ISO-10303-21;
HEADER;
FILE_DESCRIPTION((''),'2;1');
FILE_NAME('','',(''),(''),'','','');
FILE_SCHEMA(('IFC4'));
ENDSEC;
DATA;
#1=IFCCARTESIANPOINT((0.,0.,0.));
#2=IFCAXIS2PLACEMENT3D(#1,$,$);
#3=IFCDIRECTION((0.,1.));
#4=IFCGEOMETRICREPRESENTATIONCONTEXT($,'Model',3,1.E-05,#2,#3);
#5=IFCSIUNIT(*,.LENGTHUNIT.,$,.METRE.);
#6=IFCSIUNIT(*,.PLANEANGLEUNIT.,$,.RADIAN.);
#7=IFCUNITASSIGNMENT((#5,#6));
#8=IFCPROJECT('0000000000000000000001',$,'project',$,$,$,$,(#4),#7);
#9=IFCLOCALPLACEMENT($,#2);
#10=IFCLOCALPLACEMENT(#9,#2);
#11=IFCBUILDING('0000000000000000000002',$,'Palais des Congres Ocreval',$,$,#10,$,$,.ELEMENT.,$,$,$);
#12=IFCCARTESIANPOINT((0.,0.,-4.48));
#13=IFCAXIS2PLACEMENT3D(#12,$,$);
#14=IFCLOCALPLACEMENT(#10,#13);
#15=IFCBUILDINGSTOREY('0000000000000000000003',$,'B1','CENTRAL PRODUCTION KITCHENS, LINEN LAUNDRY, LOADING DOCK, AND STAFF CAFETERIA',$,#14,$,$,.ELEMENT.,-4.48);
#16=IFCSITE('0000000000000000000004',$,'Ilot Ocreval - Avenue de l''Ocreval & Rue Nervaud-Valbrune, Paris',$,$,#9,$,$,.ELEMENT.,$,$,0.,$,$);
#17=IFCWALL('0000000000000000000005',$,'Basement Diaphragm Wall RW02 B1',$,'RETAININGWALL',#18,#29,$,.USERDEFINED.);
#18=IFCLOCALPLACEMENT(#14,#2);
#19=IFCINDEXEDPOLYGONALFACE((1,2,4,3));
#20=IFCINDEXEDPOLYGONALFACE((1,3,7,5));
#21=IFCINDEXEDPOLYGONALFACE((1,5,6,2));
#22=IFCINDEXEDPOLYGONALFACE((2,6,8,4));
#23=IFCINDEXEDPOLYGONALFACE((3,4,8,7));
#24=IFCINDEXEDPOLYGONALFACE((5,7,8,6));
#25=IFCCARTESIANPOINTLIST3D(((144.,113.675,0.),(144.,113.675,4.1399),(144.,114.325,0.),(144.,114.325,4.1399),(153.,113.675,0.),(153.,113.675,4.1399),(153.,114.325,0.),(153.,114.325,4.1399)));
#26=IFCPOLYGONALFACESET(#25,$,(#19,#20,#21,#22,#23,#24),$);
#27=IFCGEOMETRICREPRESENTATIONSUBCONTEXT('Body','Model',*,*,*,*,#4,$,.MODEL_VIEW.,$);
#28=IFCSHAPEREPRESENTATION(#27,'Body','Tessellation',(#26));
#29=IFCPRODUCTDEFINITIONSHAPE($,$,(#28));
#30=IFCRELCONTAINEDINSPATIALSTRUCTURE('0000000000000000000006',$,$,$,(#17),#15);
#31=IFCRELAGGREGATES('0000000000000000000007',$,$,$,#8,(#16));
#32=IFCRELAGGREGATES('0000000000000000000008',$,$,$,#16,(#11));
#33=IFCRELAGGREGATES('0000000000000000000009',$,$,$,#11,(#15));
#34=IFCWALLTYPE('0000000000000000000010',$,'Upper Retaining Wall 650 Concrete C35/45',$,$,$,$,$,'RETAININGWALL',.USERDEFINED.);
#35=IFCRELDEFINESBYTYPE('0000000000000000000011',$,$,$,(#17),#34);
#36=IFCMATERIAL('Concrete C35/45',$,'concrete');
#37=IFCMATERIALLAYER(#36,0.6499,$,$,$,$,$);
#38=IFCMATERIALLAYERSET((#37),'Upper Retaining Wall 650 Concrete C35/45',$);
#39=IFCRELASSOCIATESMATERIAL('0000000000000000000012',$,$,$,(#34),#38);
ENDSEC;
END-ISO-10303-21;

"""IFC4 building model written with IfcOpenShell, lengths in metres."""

from ifc_helpers import new_model, si_unit, direction, frame, frame_2d, origin, place, context, subcontext, project, spatial, rectangle, extrude, material, layer, layer_set, type_object, element, save


model = new_model("IFC4")

# Units and contexts
model_context = context("Model", 3, precision=1e-05, world=origin(), true_north=direction((0.0, 1.0)))
body_context = subcontext(model_context, "Body", "Model", "MODEL_VIEW")
ifc_project = project(units=[si_unit("LENGTHUNIT", "METRE"), si_unit("PLANEANGLEUNIT", "RADIAN")], contexts=[model_context])

# Site, building, storey
site_placement = place(None, origin())
site = spatial("IfcSite", under=ifc_project, at=site_placement, Name="Ilot Ocreval - Avenue de l'Ocreval & Rue Nervaud-Valbrune, Paris", CompositionType="ELEMENT", RefElevation=0.0)
building_placement = place(site_placement, origin())
building = spatial("IfcBuilding", under=site, at=building_placement, Name="Palais des Congres Ocreval", CompositionType="ELEMENT")
storey_placement = place(building_placement, frame((0.0, 0.0, -4.48)))
storey = spatial("IfcBuildingStorey", under=building, at=storey_placement, Name="B1", Description="CENTRAL PRODUCTION KITCHENS, LINEN LAUNDRY, LOADING DOCK, AND STAFF CAFETERIA", CompositionType="ELEMENT", Elevation=-4.48)

# Shared definitions
ifc_material_1 = material(Name="Concrete C35/45", Category="concrete")

# Wall
ifc_layer = layer(ifc_material_1, 0.6499)
ifc_layer_set = layer_set([ifc_layer], Name="Upper Retaining Wall 650 Concrete C35/45")
wall_type = type_object("IfcWallType", Name="Upper Retaining Wall 650 Concrete C35/45", ElementType="RETAININGWALL", PredefinedType="USERDEFINED", material=ifc_layer_set)
for number, where, z_axis, x_axis, name in (
    (1, (144.0, 114.0, 0.0), (0.0, 0.0, 1.0), (1.0, 0.0, 0.0), "Basement Diaphragm Wall RW02 B1"),
):
    element("IfcWall", number, at=place(storey_placement, frame(where, z_axis=z_axis, x_axis=x_axis)), inside=storey, type_object=wall_type, Name=name, ObjectType="RETAININGWALL", PredefinedType="USERDEFINED", context=body_context, shape_type="SweptSolid", body=[
        extrude(rectangle(XDim=9.0, YDim=0.6499, at=frame_2d((4.5, 0.0))), origin(), (0.0, 0.0, 1.0), 4.1399),
    ])

save(model, "model.ifc")
